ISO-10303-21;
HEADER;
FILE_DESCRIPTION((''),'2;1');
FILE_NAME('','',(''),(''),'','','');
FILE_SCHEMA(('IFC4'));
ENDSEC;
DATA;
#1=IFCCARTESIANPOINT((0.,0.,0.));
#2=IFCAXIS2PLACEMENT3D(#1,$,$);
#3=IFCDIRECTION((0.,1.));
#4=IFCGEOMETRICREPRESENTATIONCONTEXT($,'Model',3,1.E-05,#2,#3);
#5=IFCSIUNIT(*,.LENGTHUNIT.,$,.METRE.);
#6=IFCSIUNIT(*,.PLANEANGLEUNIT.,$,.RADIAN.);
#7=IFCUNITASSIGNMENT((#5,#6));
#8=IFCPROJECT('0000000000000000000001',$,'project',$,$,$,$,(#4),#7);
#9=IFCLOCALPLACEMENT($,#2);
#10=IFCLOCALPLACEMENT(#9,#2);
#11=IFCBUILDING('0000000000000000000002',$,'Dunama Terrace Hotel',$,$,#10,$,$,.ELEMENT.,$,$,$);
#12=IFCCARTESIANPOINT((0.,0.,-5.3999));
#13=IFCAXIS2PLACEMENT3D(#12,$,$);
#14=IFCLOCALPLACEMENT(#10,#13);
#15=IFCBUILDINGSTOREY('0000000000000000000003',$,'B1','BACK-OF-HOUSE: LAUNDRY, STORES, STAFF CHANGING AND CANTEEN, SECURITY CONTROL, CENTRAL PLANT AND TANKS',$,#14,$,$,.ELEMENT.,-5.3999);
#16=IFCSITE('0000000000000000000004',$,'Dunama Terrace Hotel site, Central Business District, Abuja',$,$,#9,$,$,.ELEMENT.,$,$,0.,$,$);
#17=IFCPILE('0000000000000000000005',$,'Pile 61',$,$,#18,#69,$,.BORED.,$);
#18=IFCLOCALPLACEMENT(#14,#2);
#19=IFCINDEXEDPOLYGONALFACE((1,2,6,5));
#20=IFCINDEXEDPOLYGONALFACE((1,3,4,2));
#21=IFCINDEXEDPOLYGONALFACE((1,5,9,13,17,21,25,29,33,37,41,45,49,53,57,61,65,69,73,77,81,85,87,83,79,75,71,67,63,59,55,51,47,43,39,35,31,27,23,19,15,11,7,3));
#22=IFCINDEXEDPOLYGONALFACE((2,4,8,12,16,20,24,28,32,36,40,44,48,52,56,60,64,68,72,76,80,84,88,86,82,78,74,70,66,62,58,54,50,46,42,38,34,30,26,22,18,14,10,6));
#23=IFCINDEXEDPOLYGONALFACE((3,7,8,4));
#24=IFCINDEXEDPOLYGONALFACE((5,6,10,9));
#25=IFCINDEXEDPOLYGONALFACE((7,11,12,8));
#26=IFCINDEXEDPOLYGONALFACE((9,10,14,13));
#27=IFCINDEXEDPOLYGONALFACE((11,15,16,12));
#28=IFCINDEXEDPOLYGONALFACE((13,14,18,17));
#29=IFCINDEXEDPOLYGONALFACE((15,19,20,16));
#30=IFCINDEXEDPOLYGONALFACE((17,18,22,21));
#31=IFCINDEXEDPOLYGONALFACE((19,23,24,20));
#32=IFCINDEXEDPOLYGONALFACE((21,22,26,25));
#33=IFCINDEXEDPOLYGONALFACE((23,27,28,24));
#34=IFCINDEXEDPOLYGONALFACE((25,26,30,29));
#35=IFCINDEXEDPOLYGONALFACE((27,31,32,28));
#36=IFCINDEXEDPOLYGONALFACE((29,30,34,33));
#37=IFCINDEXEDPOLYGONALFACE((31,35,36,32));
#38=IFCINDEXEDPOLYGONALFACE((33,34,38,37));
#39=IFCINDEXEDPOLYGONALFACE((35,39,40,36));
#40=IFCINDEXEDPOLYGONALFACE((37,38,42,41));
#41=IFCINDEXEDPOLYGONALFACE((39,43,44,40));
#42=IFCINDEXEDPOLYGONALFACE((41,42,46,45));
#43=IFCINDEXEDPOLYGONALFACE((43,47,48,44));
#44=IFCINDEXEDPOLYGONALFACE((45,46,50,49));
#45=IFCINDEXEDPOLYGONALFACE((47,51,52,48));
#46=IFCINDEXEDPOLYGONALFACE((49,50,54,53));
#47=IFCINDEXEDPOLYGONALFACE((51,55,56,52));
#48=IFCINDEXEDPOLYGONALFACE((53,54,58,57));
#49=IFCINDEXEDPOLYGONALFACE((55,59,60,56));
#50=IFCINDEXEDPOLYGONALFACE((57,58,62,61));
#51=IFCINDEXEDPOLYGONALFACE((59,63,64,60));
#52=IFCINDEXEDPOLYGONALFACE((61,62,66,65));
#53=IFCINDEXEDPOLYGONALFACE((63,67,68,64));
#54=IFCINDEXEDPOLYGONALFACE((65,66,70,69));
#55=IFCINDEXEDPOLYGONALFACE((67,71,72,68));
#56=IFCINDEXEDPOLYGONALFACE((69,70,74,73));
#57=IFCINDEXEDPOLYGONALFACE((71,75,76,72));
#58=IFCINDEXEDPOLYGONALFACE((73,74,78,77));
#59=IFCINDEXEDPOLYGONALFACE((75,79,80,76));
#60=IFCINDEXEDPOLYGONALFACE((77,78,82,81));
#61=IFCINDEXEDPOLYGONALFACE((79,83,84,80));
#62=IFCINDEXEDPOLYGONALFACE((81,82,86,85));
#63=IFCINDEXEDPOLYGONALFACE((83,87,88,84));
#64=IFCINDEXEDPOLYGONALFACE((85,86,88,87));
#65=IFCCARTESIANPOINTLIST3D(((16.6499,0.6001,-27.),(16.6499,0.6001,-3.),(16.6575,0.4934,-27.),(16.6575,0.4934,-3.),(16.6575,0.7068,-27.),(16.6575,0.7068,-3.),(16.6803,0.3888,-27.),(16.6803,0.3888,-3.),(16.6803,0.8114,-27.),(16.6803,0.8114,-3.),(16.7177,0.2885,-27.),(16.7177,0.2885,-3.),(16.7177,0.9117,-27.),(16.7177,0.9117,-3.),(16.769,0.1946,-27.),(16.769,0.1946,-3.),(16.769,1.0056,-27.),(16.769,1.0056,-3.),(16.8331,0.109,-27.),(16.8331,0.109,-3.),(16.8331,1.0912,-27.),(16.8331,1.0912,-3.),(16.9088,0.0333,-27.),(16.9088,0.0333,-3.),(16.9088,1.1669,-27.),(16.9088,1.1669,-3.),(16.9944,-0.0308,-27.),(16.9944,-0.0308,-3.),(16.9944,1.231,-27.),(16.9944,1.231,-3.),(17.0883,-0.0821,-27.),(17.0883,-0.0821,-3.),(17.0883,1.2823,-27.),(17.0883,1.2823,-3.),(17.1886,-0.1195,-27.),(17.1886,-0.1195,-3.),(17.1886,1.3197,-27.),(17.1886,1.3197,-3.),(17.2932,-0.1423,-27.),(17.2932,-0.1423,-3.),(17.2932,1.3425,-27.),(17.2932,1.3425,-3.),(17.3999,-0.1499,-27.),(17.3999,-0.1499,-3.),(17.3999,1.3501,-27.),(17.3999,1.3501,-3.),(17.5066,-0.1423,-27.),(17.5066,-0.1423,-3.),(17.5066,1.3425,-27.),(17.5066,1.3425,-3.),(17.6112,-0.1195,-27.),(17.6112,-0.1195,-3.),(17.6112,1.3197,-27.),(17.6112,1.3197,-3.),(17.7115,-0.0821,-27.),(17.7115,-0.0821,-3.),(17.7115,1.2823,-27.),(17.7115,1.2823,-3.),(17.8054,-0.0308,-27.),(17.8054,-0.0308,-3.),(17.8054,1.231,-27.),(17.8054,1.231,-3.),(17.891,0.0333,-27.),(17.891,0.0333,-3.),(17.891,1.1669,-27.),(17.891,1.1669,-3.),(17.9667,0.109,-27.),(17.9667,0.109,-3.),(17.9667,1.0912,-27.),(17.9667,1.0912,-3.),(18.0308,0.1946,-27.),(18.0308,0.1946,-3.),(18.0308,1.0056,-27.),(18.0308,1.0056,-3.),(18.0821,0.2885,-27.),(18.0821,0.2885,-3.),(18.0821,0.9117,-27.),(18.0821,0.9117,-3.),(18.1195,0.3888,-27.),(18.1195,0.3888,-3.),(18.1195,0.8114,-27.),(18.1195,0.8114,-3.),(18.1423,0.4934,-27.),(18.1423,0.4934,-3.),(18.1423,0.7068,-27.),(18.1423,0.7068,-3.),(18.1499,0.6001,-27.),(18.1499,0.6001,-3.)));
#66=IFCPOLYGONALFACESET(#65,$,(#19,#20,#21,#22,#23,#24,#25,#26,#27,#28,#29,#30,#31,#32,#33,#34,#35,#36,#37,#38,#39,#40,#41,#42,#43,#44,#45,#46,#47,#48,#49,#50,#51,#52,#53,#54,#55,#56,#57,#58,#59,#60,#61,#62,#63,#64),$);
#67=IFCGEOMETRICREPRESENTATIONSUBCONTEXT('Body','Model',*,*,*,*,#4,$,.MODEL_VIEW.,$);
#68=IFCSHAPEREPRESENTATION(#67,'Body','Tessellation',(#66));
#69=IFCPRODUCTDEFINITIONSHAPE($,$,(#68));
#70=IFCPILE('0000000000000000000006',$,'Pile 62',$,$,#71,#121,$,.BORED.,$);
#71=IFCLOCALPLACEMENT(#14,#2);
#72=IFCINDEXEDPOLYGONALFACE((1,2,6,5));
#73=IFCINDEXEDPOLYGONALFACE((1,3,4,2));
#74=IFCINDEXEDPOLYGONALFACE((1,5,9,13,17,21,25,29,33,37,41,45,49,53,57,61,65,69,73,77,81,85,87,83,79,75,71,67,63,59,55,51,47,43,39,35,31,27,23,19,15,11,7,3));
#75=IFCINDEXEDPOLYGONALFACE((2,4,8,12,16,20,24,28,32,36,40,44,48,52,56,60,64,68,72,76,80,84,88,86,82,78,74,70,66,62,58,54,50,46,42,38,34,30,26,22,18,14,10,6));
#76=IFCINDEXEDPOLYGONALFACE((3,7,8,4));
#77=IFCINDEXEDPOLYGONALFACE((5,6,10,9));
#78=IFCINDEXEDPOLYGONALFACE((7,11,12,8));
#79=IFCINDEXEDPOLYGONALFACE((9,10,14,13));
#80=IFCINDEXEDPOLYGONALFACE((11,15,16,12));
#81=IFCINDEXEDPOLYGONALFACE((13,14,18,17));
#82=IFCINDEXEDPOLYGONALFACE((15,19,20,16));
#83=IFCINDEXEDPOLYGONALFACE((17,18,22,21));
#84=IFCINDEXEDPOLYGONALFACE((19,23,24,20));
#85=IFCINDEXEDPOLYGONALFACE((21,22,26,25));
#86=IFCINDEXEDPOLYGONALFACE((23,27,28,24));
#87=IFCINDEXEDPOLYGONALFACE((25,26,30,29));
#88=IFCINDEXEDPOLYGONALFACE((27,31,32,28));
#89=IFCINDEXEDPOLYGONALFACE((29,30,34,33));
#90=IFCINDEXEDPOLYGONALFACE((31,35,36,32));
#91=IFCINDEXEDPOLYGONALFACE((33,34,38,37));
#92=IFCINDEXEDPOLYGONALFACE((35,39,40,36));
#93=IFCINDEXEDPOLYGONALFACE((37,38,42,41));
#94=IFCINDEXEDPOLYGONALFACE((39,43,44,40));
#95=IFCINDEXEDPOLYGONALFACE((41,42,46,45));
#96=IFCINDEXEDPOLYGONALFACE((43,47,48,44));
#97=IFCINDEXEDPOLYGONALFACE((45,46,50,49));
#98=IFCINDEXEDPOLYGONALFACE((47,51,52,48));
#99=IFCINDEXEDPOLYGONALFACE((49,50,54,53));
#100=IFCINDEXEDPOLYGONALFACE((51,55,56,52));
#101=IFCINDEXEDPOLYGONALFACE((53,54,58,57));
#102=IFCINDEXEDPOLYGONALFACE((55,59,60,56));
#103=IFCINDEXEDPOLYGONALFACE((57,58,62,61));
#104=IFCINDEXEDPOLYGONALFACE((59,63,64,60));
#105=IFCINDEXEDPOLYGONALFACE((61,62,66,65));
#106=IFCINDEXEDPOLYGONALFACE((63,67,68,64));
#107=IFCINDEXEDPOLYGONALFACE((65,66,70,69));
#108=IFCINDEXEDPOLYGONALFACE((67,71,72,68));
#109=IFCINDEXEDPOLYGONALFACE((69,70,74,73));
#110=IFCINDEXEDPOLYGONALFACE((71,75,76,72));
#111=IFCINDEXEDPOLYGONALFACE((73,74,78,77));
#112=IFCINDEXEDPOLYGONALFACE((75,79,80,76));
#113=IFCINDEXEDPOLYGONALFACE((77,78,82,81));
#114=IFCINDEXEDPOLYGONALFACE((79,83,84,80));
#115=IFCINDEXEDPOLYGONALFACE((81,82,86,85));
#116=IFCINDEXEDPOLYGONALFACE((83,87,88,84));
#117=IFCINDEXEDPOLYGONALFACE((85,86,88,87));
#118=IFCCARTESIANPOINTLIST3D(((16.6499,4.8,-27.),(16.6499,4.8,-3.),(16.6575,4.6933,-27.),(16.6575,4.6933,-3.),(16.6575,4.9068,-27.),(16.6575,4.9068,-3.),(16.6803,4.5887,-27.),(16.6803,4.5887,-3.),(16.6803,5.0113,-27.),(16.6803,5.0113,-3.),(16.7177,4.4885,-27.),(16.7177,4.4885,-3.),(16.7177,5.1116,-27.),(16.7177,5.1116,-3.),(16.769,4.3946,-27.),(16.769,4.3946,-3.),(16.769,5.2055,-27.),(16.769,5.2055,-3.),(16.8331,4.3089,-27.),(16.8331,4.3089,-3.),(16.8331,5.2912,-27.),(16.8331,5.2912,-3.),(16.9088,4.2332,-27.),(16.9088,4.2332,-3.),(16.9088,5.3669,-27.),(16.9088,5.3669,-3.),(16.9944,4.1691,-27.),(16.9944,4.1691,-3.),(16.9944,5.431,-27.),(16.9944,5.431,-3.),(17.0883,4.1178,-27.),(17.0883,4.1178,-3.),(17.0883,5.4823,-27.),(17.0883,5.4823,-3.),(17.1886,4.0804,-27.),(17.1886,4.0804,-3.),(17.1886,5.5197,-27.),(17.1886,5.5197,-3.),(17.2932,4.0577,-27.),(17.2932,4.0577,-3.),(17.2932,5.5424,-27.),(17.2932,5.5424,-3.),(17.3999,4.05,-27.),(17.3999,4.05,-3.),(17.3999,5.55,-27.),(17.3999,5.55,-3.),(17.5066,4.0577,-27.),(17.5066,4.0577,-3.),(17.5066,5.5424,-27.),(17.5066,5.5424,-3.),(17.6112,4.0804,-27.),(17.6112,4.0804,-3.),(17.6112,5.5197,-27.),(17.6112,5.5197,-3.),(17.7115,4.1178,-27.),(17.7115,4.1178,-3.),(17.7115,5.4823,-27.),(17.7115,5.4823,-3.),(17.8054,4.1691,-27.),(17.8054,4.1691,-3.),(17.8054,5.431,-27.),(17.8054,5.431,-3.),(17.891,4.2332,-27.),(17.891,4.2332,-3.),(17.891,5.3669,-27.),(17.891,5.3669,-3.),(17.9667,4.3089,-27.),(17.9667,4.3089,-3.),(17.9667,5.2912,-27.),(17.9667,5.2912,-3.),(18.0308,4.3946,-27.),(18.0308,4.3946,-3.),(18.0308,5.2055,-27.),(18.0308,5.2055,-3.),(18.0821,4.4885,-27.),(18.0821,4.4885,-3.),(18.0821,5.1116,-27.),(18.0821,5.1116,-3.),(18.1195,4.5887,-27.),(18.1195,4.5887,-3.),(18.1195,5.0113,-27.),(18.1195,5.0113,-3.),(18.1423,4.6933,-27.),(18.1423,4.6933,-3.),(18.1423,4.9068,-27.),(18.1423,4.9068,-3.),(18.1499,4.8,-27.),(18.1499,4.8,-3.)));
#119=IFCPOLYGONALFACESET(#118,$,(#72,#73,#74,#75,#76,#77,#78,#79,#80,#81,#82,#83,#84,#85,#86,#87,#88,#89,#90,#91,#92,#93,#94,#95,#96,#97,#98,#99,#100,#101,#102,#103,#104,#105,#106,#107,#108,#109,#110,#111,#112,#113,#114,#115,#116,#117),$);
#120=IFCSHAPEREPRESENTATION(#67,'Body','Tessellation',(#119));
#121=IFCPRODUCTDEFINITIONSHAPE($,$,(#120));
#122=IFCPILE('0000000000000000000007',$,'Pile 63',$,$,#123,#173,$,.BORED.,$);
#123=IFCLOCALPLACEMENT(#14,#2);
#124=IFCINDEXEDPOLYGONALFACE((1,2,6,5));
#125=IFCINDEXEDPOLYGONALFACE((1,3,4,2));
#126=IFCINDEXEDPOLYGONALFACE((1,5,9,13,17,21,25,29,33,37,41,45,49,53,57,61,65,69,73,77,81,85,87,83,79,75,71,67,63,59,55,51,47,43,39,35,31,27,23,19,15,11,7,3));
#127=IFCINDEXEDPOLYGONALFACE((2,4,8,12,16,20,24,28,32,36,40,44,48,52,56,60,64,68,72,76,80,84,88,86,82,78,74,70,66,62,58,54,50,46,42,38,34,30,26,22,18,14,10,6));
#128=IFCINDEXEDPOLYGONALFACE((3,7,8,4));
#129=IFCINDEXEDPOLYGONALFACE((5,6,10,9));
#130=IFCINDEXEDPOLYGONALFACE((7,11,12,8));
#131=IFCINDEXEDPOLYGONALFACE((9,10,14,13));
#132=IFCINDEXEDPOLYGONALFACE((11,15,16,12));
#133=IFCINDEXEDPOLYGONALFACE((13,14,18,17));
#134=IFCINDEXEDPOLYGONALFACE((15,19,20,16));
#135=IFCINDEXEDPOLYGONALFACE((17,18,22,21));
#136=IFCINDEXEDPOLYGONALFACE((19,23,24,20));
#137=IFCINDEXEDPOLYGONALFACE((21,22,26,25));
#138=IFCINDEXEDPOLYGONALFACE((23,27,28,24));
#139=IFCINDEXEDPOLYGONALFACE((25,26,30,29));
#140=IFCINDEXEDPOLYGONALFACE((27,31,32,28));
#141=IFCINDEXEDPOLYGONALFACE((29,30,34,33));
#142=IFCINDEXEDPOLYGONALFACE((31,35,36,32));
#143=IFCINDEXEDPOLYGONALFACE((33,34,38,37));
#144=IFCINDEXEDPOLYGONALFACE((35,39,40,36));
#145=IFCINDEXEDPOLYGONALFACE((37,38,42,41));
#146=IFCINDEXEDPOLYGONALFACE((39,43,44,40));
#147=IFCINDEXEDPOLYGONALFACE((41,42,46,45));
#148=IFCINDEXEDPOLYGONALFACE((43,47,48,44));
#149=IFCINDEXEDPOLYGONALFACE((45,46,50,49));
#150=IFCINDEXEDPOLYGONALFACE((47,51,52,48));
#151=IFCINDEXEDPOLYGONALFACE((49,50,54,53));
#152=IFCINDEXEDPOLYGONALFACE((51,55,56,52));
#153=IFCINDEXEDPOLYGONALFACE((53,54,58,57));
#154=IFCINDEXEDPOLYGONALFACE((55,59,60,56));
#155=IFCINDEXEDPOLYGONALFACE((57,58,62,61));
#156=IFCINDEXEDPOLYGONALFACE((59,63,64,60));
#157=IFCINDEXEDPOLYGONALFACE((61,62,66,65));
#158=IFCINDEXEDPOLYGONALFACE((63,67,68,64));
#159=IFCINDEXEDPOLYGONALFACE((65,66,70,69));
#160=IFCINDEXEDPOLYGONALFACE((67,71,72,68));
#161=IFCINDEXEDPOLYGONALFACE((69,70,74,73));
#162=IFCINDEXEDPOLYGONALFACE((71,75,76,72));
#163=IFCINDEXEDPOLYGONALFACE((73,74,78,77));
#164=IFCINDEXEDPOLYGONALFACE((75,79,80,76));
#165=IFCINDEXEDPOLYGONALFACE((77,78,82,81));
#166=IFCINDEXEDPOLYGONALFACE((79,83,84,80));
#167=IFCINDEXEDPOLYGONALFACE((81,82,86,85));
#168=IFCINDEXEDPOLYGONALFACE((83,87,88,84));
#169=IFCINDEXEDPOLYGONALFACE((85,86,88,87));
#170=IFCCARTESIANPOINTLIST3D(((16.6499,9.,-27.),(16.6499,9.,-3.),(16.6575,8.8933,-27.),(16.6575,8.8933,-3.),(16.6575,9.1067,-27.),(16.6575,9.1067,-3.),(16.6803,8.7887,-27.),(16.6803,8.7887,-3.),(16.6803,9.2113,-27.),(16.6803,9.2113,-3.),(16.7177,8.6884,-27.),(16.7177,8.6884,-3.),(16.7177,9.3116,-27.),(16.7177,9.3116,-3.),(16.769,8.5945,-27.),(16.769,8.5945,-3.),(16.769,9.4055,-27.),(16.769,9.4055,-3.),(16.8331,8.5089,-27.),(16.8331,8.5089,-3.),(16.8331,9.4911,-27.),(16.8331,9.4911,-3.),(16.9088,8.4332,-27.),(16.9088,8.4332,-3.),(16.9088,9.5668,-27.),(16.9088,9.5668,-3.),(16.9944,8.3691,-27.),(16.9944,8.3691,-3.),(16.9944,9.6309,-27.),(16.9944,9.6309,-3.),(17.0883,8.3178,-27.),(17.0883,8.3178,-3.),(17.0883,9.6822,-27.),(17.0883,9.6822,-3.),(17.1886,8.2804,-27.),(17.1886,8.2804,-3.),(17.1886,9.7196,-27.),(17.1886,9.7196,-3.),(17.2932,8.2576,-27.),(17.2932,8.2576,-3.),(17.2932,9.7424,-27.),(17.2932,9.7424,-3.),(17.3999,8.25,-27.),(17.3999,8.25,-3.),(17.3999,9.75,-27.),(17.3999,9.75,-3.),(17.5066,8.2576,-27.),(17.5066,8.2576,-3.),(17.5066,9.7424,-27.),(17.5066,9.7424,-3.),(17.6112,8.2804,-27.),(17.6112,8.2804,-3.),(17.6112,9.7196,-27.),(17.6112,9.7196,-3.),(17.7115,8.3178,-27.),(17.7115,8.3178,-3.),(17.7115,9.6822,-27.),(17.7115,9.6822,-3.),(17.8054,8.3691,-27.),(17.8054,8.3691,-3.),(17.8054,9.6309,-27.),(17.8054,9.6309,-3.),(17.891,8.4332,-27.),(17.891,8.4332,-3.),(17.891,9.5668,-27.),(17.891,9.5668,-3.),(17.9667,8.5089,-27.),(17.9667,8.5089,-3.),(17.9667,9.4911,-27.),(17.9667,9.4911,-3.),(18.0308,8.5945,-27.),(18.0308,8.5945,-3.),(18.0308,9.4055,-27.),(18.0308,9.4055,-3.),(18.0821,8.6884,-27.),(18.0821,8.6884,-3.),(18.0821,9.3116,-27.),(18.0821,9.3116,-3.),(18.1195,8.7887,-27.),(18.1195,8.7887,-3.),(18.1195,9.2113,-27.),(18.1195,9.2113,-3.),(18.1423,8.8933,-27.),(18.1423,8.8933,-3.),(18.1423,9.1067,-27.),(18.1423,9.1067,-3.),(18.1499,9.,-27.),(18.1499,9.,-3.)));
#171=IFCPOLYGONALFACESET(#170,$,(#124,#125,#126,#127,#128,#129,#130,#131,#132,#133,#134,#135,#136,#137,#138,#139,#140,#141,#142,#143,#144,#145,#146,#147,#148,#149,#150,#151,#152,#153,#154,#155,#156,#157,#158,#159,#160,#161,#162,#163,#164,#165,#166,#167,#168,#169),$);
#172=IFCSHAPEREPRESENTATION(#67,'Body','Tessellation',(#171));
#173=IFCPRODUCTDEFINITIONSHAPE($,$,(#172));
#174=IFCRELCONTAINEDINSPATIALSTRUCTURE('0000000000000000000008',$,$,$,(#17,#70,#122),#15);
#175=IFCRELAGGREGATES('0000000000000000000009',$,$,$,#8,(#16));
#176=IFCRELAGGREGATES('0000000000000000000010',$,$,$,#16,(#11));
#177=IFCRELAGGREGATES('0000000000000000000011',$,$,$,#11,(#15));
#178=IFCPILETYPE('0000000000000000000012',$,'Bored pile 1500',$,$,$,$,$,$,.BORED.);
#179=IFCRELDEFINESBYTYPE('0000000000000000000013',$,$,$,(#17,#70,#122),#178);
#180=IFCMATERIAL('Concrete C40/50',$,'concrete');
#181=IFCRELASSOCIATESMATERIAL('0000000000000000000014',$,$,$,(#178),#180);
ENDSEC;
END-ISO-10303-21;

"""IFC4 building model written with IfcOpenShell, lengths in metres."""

from ifc_helpers import new_model, si_unit, direction, frame, origin, origin_2d, place, context, subcontext, project, spatial, circle, extrude, material, material_profile, profile_set, type_object, element, save


model = new_model("IFC4")

# Units and contexts
model_context = context("Model", 3, precision=1e-05, world=origin(), true_north=direction((0.0, 1.0)))
body_context = subcontext(model_context, "Body", "Model", "MODEL_VIEW")
ifc_project = project(units=[si_unit("LENGTHUNIT", "METRE"), si_unit("PLANEANGLEUNIT", "RADIAN")], contexts=[model_context])

# Site, building, storey
site_placement = place(None, origin())
site = spatial("IfcSite", under=ifc_project, at=site_placement, Name="Dunama Terrace Hotel site, Central Business District, Abuja", CompositionType="ELEMENT", RefElevation=0.0)
building_placement = place(site_placement, origin())
building = spatial("IfcBuilding", under=site, at=building_placement, Name="Dunama Terrace Hotel", CompositionType="ELEMENT")
storey_placement = place(building_placement, frame((0.0, 0.0, -5.3999)))
storey = spatial("IfcBuildingStorey", under=building, at=storey_placement, Name="B1", Description="BACK-OF-HOUSE: LAUNDRY, STORES, STAFF CHANGING AND CANTEEN, SECURITY CONTROL, CENTRAL PLANT AND TANKS", CompositionType="ELEMENT", Elevation=-5.3999)

# Piles
ifc_material_1 = material(Name="Concrete C40/50", Category="concrete")
ifc_material_profile_1 = material_profile(ifc_material_1, circle(Radius=0.75, at=origin_2d()), Name="PILE D1500")
ifc_profile_set_1 = profile_set([ifc_material_profile_1], Name="Concrete C40/50")
pile_type = type_object("IfcPileType", Name="Bored pile 1500", PredefinedType="BORED", material=ifc_profile_set_1)
for number, where, z_axis, x_axis, name in (
    (1, (17.3999, 0.6001, -3.0), (0.0, 0.0, -1.0), (1.0, 0.0, 0.0), "Pile 61"),
    (2, (17.3999, 4.8, -3.0), (0.0, 0.0, -1.0), (1.0, 0.0, 0.0), "Pile 62"),
    (3, (17.3999, 9.0, -3.0), (0.0, 0.0, -1.0), (1.0, 0.0, 0.0), "Pile 63"),
):
    element("IfcPile", number, at=place(storey_placement, frame(where, z_axis=z_axis, x_axis=x_axis)), inside=storey, type_object=pile_type, Name=name, PredefinedType="BORED", context=body_context, shape_type="SweptSolid", body=[
        extrude(circle(Radius=0.75, at=origin_2d()), origin(), (0.0, 0.0, 1.0), 24.0),
    ])

save(model, "model.ifc")
